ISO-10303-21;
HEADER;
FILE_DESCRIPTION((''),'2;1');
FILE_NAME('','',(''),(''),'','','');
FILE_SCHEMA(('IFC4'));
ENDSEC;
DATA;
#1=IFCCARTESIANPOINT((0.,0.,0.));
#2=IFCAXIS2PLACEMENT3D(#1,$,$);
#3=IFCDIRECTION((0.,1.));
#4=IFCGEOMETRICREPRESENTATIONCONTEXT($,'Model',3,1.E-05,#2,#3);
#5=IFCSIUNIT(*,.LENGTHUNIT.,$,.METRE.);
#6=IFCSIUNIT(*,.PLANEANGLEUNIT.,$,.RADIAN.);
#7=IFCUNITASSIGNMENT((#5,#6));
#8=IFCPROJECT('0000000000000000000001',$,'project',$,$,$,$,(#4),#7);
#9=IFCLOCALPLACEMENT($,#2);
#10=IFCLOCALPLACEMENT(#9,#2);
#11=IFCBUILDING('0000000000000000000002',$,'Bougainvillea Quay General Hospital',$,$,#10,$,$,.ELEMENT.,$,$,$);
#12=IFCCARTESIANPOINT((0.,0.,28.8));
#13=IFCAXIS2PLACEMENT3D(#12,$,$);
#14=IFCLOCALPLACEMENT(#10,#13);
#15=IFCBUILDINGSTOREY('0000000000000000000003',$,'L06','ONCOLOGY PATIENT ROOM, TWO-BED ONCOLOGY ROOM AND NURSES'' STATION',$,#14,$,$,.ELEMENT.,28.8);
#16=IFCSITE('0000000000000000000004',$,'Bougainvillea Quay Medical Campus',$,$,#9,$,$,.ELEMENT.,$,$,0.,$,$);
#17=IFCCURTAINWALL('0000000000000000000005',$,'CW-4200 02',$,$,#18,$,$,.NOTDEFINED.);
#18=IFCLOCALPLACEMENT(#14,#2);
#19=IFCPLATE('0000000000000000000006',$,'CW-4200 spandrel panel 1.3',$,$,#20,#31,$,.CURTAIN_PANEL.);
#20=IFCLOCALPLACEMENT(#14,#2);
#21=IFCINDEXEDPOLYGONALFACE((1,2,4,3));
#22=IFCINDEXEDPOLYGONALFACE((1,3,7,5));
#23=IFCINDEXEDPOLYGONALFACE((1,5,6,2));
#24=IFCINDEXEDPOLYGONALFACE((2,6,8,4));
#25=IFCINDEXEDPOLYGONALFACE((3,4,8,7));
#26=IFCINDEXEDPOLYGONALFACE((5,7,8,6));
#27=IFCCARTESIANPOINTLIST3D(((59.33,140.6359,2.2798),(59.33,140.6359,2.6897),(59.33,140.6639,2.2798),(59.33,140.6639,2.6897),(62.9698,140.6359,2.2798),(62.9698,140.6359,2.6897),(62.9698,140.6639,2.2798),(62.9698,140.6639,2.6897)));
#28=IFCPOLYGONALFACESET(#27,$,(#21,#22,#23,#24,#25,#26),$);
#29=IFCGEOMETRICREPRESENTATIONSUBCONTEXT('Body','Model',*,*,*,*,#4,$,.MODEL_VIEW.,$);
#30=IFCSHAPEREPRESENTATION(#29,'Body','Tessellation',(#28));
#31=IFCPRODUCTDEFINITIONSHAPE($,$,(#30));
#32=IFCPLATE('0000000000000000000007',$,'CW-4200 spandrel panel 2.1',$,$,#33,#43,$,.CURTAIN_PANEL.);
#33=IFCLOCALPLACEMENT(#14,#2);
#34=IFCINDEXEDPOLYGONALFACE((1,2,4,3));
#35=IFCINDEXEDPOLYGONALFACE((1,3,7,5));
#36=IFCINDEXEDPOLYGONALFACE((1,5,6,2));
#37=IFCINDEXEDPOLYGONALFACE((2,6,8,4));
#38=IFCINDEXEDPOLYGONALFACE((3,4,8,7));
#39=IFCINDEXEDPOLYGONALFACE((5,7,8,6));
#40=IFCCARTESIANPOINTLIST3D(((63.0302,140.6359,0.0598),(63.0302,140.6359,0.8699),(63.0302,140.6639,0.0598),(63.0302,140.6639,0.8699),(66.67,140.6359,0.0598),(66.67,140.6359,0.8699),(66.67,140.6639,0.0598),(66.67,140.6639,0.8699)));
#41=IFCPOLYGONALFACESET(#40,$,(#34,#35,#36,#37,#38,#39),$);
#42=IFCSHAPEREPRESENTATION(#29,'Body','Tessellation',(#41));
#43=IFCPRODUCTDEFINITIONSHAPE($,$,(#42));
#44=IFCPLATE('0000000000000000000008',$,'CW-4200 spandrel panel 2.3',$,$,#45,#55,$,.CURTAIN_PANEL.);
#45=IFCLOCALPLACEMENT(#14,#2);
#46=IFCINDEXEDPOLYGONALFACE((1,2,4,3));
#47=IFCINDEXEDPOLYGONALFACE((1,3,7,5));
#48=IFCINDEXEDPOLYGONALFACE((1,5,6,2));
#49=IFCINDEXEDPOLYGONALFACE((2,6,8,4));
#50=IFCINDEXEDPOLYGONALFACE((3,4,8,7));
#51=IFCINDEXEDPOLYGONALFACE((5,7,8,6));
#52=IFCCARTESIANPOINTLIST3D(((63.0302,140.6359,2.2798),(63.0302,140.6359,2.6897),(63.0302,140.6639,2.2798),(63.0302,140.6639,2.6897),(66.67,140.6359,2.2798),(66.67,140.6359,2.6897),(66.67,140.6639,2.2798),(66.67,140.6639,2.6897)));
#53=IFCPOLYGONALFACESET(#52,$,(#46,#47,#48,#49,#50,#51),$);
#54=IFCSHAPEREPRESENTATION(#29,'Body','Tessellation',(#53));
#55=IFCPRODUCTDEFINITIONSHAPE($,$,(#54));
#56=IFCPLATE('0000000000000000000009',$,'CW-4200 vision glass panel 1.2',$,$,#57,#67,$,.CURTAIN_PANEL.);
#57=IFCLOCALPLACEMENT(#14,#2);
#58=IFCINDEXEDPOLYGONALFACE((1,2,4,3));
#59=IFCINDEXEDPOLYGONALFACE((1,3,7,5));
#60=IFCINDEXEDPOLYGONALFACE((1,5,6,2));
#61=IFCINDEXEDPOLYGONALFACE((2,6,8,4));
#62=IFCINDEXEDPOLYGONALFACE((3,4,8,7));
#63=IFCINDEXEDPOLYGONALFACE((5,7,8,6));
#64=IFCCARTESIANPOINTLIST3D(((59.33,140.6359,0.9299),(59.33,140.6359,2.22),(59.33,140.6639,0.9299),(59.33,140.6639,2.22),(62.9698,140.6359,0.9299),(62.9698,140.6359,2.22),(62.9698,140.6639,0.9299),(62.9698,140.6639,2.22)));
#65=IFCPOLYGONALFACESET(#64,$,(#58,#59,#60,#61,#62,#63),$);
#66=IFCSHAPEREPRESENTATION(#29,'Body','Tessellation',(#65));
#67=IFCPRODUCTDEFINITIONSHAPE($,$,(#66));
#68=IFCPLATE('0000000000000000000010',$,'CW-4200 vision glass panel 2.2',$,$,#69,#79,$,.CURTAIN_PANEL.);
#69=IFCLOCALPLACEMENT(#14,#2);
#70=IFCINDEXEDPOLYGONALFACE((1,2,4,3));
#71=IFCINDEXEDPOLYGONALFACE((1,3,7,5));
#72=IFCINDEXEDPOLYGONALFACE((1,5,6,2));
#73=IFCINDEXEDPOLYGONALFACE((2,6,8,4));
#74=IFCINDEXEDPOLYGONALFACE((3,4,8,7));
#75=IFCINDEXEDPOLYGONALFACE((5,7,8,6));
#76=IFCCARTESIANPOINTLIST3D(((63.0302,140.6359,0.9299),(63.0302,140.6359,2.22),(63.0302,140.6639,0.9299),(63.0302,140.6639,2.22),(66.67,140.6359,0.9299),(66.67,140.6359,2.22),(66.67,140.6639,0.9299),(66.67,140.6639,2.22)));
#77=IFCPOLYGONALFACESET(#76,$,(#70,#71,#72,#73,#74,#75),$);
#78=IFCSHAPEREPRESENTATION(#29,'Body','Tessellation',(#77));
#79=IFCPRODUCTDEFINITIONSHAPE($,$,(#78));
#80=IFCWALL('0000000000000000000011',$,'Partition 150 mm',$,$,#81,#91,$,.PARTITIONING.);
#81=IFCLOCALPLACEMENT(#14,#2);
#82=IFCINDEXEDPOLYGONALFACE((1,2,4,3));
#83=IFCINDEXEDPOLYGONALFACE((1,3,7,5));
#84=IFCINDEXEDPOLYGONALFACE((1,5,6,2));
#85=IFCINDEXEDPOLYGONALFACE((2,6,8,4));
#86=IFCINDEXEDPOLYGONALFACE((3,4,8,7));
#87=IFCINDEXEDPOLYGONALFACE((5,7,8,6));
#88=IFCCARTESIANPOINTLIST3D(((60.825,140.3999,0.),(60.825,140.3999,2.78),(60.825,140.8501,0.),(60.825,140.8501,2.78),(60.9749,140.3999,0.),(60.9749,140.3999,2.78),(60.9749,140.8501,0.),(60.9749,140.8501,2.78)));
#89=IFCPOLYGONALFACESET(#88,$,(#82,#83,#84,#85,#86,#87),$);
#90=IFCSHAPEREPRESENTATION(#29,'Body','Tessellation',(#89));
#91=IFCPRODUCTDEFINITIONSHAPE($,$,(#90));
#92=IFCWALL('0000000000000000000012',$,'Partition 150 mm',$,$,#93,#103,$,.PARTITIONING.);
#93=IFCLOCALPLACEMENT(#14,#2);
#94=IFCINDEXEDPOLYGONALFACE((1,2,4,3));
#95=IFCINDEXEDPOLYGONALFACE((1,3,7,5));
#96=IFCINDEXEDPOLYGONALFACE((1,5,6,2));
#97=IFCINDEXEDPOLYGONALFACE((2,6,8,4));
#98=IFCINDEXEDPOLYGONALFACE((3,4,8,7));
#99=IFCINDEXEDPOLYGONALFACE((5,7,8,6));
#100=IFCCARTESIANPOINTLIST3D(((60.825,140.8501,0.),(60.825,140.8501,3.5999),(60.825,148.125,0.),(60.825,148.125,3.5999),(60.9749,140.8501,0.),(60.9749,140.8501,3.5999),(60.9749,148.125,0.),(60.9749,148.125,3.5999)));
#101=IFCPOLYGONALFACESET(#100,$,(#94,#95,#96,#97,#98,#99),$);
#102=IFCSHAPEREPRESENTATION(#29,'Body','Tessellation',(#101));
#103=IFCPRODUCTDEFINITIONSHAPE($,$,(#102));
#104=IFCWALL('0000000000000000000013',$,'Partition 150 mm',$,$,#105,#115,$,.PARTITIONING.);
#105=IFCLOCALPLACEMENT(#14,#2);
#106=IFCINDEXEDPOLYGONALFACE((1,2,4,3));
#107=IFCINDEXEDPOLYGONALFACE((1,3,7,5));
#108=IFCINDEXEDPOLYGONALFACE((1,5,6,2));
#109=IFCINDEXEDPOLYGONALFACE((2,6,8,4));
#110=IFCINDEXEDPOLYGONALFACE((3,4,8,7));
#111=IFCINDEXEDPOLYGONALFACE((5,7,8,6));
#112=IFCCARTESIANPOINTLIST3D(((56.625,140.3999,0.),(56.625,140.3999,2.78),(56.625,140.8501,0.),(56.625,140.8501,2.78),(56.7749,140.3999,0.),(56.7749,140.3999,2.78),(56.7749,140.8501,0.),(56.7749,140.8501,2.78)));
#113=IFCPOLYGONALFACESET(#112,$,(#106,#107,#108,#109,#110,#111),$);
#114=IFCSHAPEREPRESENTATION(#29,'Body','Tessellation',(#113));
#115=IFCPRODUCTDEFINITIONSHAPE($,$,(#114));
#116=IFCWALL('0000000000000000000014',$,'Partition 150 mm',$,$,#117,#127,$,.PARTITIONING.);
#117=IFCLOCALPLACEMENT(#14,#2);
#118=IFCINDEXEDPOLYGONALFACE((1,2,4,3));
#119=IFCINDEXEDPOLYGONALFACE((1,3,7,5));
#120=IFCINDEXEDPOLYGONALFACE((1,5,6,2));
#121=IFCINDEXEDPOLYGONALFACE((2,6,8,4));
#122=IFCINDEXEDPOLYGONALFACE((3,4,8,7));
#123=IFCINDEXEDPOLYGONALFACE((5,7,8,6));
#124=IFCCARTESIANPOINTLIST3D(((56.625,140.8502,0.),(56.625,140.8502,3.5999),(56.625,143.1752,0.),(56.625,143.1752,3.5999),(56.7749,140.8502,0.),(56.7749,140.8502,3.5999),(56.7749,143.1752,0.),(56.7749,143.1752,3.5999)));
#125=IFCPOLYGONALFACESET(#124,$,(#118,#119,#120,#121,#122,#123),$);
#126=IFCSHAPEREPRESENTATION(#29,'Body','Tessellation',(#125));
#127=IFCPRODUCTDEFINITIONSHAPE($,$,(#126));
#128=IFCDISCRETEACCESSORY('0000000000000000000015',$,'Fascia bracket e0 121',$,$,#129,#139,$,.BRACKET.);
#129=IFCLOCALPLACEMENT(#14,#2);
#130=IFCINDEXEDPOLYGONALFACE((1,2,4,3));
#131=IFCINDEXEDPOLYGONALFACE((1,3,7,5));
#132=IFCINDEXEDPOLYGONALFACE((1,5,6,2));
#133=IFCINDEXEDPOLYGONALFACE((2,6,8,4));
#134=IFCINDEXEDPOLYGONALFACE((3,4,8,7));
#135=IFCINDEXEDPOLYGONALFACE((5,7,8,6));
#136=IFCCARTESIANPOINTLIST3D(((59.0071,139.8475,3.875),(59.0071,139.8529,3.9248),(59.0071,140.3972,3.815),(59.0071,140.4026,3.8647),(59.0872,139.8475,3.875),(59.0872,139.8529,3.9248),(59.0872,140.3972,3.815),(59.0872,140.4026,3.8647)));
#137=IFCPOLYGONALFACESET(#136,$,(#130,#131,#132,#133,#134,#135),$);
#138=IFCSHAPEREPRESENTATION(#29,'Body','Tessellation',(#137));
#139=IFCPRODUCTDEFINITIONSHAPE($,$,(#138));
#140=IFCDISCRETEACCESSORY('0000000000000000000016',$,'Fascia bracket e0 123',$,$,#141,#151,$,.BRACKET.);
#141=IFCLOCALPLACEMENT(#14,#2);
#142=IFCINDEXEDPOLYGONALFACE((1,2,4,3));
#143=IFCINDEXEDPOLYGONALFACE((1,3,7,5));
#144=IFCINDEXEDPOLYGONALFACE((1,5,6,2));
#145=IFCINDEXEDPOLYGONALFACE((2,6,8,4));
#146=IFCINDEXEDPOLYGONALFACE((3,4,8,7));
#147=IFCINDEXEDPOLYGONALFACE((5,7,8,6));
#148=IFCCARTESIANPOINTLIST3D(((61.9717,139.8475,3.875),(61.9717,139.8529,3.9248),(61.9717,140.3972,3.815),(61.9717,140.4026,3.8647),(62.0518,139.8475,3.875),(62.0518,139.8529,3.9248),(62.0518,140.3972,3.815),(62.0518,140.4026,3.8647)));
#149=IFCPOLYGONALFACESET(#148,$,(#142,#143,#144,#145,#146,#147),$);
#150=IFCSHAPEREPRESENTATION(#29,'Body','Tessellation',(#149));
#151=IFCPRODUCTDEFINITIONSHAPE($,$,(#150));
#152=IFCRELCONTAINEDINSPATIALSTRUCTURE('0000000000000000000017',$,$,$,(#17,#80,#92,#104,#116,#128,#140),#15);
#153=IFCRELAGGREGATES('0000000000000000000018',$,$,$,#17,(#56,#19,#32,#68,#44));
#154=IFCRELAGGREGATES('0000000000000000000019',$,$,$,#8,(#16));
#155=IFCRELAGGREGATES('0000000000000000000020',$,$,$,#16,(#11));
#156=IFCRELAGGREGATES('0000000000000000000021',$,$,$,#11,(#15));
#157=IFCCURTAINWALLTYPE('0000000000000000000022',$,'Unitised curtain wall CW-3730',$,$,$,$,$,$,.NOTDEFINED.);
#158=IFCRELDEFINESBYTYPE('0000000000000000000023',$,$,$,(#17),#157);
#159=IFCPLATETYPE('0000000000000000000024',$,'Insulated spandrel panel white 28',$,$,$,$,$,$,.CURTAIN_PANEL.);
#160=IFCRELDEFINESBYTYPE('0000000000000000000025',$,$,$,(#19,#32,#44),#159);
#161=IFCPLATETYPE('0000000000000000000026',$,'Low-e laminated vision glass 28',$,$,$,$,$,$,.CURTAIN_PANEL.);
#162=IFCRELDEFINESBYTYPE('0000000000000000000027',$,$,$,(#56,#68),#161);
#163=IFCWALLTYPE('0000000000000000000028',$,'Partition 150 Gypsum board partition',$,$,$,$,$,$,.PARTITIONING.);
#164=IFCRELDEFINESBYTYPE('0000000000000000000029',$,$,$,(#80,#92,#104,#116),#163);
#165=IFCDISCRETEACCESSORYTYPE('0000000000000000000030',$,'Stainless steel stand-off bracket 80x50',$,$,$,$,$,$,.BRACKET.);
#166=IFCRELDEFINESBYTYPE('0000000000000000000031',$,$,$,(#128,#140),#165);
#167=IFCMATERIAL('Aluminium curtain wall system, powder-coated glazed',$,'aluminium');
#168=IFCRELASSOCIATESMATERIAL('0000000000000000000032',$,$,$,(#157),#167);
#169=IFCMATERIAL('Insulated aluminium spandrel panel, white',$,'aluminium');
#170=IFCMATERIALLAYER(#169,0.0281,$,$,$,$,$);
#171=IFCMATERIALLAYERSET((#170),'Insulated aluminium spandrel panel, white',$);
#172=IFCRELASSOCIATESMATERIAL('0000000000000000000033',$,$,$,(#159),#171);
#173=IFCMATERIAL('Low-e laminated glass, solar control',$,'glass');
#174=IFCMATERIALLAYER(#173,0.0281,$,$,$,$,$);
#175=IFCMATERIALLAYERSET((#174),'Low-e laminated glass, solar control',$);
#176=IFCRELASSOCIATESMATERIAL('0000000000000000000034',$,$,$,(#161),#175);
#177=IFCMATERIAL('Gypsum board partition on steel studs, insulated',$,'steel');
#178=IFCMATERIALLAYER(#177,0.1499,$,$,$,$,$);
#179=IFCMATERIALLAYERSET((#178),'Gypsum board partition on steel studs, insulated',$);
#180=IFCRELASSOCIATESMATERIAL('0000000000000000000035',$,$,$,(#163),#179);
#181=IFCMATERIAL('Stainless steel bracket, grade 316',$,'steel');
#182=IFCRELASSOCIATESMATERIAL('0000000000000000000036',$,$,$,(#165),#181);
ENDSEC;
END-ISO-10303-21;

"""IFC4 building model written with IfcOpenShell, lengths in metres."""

from ifc_helpers import new_model, si_unit, direction, frame, frame_2d, origin, origin_2d, place, context, subcontext, project, spatial, rectangle, extrude, material, layer, layer_set, material_profile, profile_set, type_object, element, aggregate, save


model = new_model("IFC4")

# Units and contexts
model_context = context("Model", 3, precision=1e-05, world=origin(), true_north=direction((0.0, 1.0)))
body_context = subcontext(model_context, "Body", "Model", "MODEL_VIEW")
ifc_project = project(units=[si_unit("LENGTHUNIT", "METRE"), si_unit("PLANEANGLEUNIT", "RADIAN")], contexts=[model_context])

# Site, building, storey
site_placement = place(None, origin())
site = spatial("IfcSite", under=ifc_project, at=site_placement, Name="Bougainvillea Quay Medical Campus", CompositionType="ELEMENT", RefElevation=0.0)
building_placement = place(site_placement, origin())
building = spatial("IfcBuilding", under=site, at=building_placement, Name="Bougainvillea Quay General Hospital", CompositionType="ELEMENT")
storey_placement = place(building_placement, frame((0.0, 0.0, 28.8)))
storey = spatial("IfcBuildingStorey", under=building, at=storey_placement, Name="L06", Description="ONCOLOGY PATIENT ROOM, TWO-BED ONCOLOGY ROOM AND NURSES' STATION", CompositionType="ELEMENT", Elevation=28.8)

# Shared definitions
ifc_material_1 = material(Name="Aluminium curtain wall system, powder-coated glazed", Category="aluminium")
curtain_wall_type = type_object("IfcCurtainWallType", Name="Unitised curtain wall CW-3730", PredefinedType="NOTDEFINED", material=ifc_material_1)

# Curtain wall
curtain_wall_1_placement = place(storey_placement, origin())
curtain_wall_1 = element("IfcCurtainWall", 1, at=curtain_wall_1_placement, inside=storey, type_object=curtain_wall_type, Name="CW-4200 02", PredefinedType="NOTDEFINED")

# Plates
ifc_material_2 = material(Name="Insulated aluminium spandrel panel, white", Category="aluminium")
ifc_layer_1 = layer(ifc_material_2, 0.0281)
ifc_layer_set_1 = layer_set([ifc_layer_1], Name="Insulated aluminium spandrel panel, white")
plate_type_1 = type_object("IfcPlateType", Name="Insulated spandrel panel white 28", PredefinedType="CURTAIN_PANEL", material=ifc_layer_set_1)
plate_1_placement = place(storey_placement, frame((61.1499, 140.6499, 2.2798), z_axis=(0.0, 0.0, 1.0), x_axis=(1.0, 0.0, 0.0)))
plate_1 = element("IfcPlate", 2, at=plate_1_placement, type_object=plate_type_1, Name="CW-4200 spandrel panel 1.3", PredefinedType="CURTAIN_PANEL", context=body_context, shape_type="SweptSolid", body=[
    extrude(rectangle(XDim=3.6399, YDim=0.0281, at=origin_2d()), origin(), (0.0, 0.0, 1.0), 0.4099),
])
plate_2_placement = place(storey_placement, frame((64.8501, 140.6499, 0.0598), z_axis=(0.0, 0.0, 1.0), x_axis=(1.0, 0.0, 0.0)))
plate_2 = element("IfcPlate", 3, at=plate_2_placement, type_object=plate_type_1, Name="CW-4200 spandrel panel 2.1", PredefinedType="CURTAIN_PANEL", context=body_context, shape_type="SweptSolid", body=[
    extrude(rectangle(XDim=3.6399, YDim=0.0281, at=origin_2d()), origin(), (0.0, 0.0, 1.0), 0.8101),
])
plate_3_placement = place(storey_placement, frame((64.8501, 140.6499, 2.2798), z_axis=(0.0, 0.0, 1.0), x_axis=(1.0, 0.0, 0.0)))
plate_3 = element("IfcPlate", 4, at=plate_3_placement, type_object=plate_type_1, Name="CW-4200 spandrel panel 2.3", PredefinedType="CURTAIN_PANEL", context=body_context, shape_type="SweptSolid", body=[
    extrude(rectangle(XDim=3.6399, YDim=0.0281, at=origin_2d()), origin(), (0.0, 0.0, 1.0), 0.4099),
])
ifc_material_3 = material(Name="Low-e laminated glass, solar control", Category="glass")
ifc_layer_2 = layer(ifc_material_3, 0.0281)
ifc_layer_set_2 = layer_set([ifc_layer_2], Name="Low-e laminated glass, solar control")
plate_type_2 = type_object("IfcPlateType", Name="Low-e laminated vision glass 28", PredefinedType="CURTAIN_PANEL", material=ifc_layer_set_2)
plate_4_placement = place(storey_placement, frame((61.1499, 140.6499, 0.9299), z_axis=(0.0, 0.0, 1.0), x_axis=(1.0, 0.0, 0.0)))
plate_4 = element("IfcPlate", 5, at=plate_4_placement, type_object=plate_type_2, Name="CW-4200 vision glass panel 1.2", PredefinedType="CURTAIN_PANEL", context=body_context, shape_type="SweptSolid", body=[
    extrude(rectangle(XDim=3.6399, YDim=0.0281, at=origin_2d()), origin(), (0.0, 0.0, 1.0), 1.29),
])
plate_5_placement = place(storey_placement, frame((64.8501, 140.6499, 0.9299), z_axis=(0.0, 0.0, 1.0), x_axis=(1.0, 0.0, 0.0)))
plate_5 = element("IfcPlate", 6, at=plate_5_placement, type_object=plate_type_2, Name="CW-4200 vision glass panel 2.2", PredefinedType="CURTAIN_PANEL", context=body_context, shape_type="SweptSolid", body=[
    extrude(rectangle(XDim=3.6399, YDim=0.0281, at=origin_2d()), origin(), (0.0, 0.0, 1.0), 1.29),
])
aggregate(curtain_wall_1, [plate_4, plate_1, plate_2, plate_5, plate_3])

# Walls
ifc_material_4 = material(Name="Gypsum board partition on steel studs, insulated", Category="steel")
ifc_layer_3 = layer(ifc_material_4, 0.1499)
ifc_layer_set_3 = layer_set([ifc_layer_3], Name="Gypsum board partition on steel studs, insulated")
wall_type = type_object("IfcWallType", Name="Partition 150 Gypsum board partition", PredefinedType="PARTITIONING", material=ifc_layer_set_3)
wall_1_placement = place(storey_placement, frame((60.8999, 140.3999, 0.0), z_axis=(0.0, 0.0, 1.0), x_axis=(0.0, 1.0, 0.0)))
element("IfcWall", 7, at=wall_1_placement, inside=storey, type_object=wall_type, Name="Partition 150 mm", PredefinedType="PARTITIONING", context=body_context, shape_type="SweptSolid", body=[
    extrude(rectangle(XDim=0.4502, YDim=0.1499, at=frame_2d((0.2251, 0.0))), origin(), (0.0, 0.0, 1.0), 2.78),
])
wall_2_placement = place(storey_placement, frame((60.8999, 140.8501, 0.0), z_axis=(0.0, 0.0, 1.0), x_axis=(0.0, 1.0, 0.0)))
element("IfcWall", 8, at=wall_2_placement, inside=storey, type_object=wall_type, Name="Partition 150 mm", PredefinedType="PARTITIONING", context=body_context, shape_type="SweptSolid", body=[
    extrude(rectangle(XDim=7.2749, YDim=0.1499, at=frame_2d((3.6375, 0.0))), origin(), (0.0, 0.0, 1.0), 3.5999),
])
wall_3_placement = place(storey_placement, frame((56.7, 140.3999, 0.0), z_axis=(0.0, 0.0, 1.0), x_axis=(0.0, 1.0, 0.0)))
element("IfcWall", 9, at=wall_3_placement, inside=storey, type_object=wall_type, Name="Partition 150 mm", PredefinedType="PARTITIONING", context=body_context, shape_type="SweptSolid", body=[
    extrude(rectangle(XDim=0.4502, YDim=0.1499, at=frame_2d((0.2251, 0.0))), origin(), (0.0, 0.0, 1.0), 2.78),
])
wall_4_placement = place(storey_placement, frame((56.7, 140.8501, 0.0), z_axis=(0.0, 0.0, 1.0), x_axis=(0.0, 1.0, 0.0)))
element("IfcWall", 10, at=wall_4_placement, inside=storey, type_object=wall_type, Name="Partition 150 mm", PredefinedType="PARTITIONING", context=body_context, shape_type="SweptSolid", body=[
    extrude(rectangle(XDim=2.325, YDim=0.1499, at=frame_2d((1.1626, 0.0))), origin(), (0.0, 0.0, 1.0), 3.5999),
])

# Discrete accessories
ifc_material_5 = material(Name="Stainless steel bracket, grade 316", Category="steel")
ifc_material_profile_1 = material_profile(ifc_material_5, rectangle(XDim=0.0801, YDim=0.05, at=origin_2d()))
ifc_profile_set_1 = profile_set([ifc_material_profile_1], Name="Stainless steel bracket, grade 316")
discrete_accessory_type = type_object("IfcDiscreteAccessoryType", Name="Stainless steel stand-off bracket 80x50", PredefinedType="BRACKET", material=ifc_profile_set_1)
for number, where, z_axis, x_axis, name in (
    (11, (59.0471, 140.3999, 3.8398), (0.0, -0.994087, 0.10859), (1.0, 0.0, 0.0), "Fascia bracket e0 121"),
    (12, (62.0117, 140.3999, 3.8398), (0.0, -0.994087, 0.10859), (1.0, 0.0, 0.0), "Fascia bracket e0 123"),
):
    element("IfcDiscreteAccessory", number, at=place(storey_placement, frame(where, z_axis=z_axis, x_axis=x_axis)), inside=storey, type_object=discrete_accessory_type, Name=name, PredefinedType="BRACKET", context=body_context, shape_type="SweptSolid", body=[
        extrude(rectangle(XDim=0.0801, YDim=0.05, at=origin_2d()), origin(), (0.0, 0.0, 1.0), 0.553),
    ])

save(model, "model.ifc")
